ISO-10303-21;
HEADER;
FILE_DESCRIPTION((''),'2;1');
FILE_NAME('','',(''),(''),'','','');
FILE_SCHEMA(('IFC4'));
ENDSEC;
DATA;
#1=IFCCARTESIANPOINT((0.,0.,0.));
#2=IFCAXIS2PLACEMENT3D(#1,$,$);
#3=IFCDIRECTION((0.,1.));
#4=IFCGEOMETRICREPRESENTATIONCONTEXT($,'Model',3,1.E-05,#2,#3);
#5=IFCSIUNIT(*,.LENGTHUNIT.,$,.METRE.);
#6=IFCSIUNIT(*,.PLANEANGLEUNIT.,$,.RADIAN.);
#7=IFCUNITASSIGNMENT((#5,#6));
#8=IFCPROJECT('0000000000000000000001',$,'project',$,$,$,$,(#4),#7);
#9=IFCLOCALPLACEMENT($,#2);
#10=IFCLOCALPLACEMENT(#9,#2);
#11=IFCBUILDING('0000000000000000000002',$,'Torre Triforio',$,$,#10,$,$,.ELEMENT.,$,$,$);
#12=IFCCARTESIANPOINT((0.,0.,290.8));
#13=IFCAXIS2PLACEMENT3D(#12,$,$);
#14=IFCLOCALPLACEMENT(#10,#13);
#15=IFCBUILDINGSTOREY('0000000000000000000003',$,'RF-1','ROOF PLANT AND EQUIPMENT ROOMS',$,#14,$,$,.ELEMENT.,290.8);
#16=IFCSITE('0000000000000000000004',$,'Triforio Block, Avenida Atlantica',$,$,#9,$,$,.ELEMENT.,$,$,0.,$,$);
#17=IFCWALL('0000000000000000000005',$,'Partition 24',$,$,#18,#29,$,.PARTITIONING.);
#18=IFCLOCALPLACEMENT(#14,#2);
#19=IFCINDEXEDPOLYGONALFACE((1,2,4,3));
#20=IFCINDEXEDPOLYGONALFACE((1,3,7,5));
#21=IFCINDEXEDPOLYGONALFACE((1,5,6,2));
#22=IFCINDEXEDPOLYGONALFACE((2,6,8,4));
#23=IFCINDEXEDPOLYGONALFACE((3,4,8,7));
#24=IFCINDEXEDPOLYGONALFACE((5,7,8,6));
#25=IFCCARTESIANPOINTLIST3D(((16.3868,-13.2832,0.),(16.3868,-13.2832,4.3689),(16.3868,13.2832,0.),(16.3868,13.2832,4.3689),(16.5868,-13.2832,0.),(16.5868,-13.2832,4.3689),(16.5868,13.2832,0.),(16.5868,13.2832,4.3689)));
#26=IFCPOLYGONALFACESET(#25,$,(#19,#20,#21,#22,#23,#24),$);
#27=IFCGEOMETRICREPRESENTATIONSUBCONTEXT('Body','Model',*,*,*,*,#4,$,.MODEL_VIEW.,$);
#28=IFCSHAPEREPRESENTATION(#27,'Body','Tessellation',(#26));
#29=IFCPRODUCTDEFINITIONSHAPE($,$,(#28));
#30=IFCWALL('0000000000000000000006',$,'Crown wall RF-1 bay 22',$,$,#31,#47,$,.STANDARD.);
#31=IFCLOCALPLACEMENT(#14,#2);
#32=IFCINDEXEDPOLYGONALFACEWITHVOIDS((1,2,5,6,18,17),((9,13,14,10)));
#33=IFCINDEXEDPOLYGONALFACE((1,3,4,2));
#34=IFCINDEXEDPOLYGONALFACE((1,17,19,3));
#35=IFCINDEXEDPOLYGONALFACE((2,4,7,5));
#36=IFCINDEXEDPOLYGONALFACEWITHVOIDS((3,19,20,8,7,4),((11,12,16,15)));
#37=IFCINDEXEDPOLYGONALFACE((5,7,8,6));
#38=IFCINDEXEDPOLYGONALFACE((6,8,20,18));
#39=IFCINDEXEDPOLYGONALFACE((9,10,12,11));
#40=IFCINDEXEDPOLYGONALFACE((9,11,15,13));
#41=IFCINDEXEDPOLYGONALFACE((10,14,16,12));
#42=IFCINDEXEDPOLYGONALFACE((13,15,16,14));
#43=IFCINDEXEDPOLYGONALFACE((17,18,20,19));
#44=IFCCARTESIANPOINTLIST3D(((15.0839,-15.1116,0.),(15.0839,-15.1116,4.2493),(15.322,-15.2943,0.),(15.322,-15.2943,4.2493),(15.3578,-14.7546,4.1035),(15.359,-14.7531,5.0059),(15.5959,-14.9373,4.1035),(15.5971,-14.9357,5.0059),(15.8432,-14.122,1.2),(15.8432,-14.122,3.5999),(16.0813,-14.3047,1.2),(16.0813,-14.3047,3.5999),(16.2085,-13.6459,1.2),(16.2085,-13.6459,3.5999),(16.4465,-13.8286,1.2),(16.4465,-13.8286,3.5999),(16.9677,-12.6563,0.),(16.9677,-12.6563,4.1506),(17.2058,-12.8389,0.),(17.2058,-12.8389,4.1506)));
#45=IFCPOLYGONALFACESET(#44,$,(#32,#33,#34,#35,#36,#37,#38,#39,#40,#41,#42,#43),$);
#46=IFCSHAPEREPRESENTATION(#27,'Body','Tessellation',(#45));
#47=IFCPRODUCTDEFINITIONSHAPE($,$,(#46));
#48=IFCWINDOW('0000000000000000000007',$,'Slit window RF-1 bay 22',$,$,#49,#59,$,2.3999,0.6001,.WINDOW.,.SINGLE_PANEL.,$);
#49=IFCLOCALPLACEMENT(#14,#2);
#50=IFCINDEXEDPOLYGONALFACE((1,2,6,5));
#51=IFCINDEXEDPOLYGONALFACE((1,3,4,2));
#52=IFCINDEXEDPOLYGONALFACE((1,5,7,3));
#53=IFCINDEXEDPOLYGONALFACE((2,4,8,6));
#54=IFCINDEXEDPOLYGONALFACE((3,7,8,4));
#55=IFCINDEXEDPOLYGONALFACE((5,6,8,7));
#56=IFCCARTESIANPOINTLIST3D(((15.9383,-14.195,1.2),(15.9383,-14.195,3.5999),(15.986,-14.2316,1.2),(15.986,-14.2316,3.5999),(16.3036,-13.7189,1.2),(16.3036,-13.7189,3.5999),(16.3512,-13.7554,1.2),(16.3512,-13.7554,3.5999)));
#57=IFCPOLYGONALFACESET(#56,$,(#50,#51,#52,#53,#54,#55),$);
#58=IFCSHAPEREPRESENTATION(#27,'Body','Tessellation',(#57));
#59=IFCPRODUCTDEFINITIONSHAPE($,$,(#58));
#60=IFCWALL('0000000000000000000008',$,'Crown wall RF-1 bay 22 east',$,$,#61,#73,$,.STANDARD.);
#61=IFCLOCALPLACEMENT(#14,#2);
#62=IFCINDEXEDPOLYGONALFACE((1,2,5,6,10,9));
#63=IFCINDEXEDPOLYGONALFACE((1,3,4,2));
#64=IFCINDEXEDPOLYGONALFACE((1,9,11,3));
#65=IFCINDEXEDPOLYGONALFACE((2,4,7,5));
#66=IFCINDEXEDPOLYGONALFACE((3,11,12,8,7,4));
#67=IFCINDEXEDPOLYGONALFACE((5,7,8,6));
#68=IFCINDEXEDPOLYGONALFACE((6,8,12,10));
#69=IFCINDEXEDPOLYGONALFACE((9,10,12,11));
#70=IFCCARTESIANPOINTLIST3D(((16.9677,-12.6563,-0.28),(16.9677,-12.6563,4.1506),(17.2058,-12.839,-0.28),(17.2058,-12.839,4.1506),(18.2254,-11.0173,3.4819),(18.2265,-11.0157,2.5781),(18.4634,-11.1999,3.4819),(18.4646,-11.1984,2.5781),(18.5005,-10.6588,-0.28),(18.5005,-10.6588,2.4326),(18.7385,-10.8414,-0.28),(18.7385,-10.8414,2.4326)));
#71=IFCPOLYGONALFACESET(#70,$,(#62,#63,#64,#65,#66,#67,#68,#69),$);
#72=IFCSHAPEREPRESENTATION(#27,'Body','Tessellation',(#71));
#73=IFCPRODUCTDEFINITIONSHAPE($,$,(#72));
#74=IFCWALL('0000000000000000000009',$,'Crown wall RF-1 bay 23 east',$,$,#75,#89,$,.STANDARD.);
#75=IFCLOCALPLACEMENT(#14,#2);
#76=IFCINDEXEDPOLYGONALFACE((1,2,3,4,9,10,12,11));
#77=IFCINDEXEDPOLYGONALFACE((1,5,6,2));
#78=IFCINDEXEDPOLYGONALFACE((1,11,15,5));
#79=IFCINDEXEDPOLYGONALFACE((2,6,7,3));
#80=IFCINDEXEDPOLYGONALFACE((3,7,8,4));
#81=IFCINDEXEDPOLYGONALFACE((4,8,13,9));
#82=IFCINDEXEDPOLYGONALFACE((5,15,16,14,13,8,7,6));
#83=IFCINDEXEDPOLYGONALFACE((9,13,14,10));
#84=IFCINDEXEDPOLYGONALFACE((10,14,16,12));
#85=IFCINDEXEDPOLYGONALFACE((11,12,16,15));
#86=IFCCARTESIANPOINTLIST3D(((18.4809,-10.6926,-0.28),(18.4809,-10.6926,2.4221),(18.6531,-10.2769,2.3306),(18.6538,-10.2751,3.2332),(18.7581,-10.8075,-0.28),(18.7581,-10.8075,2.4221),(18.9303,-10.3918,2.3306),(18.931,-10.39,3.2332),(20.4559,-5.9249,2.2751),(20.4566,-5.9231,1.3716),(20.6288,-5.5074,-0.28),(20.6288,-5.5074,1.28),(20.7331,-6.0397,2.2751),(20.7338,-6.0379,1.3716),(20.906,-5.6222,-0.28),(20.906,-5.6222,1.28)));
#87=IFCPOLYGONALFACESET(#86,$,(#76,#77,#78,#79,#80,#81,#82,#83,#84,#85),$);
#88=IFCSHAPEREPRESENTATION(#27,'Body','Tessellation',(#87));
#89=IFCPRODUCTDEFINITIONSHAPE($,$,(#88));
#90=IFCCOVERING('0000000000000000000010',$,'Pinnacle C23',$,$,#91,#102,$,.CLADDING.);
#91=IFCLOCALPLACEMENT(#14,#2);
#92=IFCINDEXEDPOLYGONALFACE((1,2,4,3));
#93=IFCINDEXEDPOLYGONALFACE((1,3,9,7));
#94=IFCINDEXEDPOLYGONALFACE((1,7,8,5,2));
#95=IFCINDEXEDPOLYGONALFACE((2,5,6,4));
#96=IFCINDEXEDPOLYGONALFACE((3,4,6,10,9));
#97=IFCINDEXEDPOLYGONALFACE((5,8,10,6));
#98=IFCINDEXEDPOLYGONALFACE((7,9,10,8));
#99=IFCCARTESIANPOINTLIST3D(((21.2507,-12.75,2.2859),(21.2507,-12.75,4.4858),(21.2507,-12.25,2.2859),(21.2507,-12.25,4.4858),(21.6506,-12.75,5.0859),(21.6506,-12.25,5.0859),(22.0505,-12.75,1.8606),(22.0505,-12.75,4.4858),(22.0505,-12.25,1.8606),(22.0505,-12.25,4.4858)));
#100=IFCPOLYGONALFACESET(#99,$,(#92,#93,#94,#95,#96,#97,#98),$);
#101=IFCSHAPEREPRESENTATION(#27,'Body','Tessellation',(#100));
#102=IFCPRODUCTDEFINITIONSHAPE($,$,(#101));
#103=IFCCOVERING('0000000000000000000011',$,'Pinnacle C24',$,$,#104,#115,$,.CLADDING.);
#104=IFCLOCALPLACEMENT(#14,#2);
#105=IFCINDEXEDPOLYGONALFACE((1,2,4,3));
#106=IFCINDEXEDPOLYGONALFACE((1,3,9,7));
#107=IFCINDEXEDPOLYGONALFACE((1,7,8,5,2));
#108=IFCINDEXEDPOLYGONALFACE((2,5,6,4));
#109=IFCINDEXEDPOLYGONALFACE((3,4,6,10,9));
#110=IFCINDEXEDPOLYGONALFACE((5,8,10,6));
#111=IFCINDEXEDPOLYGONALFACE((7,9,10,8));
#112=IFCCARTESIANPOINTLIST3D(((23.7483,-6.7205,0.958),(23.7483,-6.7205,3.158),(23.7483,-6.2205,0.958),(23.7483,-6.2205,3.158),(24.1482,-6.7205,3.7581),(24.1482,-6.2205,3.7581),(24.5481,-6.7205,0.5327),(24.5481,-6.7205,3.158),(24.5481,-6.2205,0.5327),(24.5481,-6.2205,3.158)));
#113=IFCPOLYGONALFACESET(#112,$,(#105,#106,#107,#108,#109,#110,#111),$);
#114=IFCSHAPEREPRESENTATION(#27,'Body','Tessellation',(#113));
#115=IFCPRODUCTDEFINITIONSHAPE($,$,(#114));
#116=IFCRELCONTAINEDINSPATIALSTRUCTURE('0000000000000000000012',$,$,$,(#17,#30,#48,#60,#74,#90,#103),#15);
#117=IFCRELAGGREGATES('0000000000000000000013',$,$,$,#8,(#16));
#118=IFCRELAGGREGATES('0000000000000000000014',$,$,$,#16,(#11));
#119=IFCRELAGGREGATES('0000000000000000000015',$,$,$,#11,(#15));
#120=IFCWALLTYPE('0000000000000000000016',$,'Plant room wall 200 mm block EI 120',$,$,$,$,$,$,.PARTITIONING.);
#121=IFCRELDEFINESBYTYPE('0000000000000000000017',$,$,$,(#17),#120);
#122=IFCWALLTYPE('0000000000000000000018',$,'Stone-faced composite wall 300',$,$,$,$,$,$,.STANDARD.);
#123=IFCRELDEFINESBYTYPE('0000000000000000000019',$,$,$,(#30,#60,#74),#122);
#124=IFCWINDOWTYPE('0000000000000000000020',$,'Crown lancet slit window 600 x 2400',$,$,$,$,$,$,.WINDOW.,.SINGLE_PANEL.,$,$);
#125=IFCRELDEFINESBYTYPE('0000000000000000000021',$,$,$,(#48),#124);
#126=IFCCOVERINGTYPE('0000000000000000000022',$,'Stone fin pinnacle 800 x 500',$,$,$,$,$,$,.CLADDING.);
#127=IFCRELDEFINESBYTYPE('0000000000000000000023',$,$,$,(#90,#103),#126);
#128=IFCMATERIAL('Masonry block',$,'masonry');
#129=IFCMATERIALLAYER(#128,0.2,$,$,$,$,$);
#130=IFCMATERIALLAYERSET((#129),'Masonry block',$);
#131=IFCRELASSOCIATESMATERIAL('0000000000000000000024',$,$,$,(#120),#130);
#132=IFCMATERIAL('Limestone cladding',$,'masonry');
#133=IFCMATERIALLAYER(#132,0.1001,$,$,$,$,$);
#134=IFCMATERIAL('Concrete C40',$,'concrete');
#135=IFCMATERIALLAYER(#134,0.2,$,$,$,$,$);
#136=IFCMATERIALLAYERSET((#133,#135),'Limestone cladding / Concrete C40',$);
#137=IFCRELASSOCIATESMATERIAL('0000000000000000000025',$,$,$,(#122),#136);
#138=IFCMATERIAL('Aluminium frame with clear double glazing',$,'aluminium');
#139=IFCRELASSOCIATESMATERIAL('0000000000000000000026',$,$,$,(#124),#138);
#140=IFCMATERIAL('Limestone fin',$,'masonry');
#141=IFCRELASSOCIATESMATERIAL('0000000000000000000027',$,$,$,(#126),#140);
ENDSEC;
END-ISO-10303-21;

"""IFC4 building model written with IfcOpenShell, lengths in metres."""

from ifc_helpers import new_model, si_unit, direction, frame, frame_2d, origin, place, context, subcontext, project, spatial, polyline, rectangle, outline, extrude, material, layer, layer_set, material_profile, profile_set, type_object, element, fill, save


model = new_model("IFC4")

# Units and contexts
model_context = context("Model", 3, precision=1e-05, world=origin(), true_north=direction((0.0, 1.0)))
body_context = subcontext(model_context, "Body", "Model", "MODEL_VIEW")
ifc_project = project(units=[si_unit("LENGTHUNIT", "METRE"), si_unit("PLANEANGLEUNIT", "RADIAN")], contexts=[model_context])

# Site, building, storey
site_placement = place(None, origin())
site = spatial("IfcSite", under=ifc_project, at=site_placement, Name="Triforio Block, Avenida Atlantica", CompositionType="ELEMENT", RefElevation=0.0)
building_placement = place(site_placement, origin())
building = spatial("IfcBuilding", under=site, at=building_placement, Name="Torre Triforio", CompositionType="ELEMENT")
storey_placement = place(building_placement, frame((0.0, 0.0, 290.8)))
storey = spatial("IfcBuildingStorey", under=building, at=storey_placement, Name="RF-1", Description="ROOF PLANT AND EQUIPMENT ROOMS", CompositionType="ELEMENT", Elevation=290.8)

# Shared definitions
ifc_material_1 = material(Name="Concrete C40", Category="concrete")

# Shared definitions
ifc_material_2 = material(Name="Masonry block", Category="masonry")
ifc_layer_1 = layer(ifc_material_2, 0.2)
ifc_layer_set_1 = layer_set([ifc_layer_1], Name="Masonry block")
wall_type_1 = type_object("IfcWallType", Name="Plant room wall 200 mm block EI 120", PredefinedType="PARTITIONING", material=ifc_layer_set_1)

# Wall
wall_1_placement = place(storey_placement, frame((16.4868, -13.2832, 0.0), z_axis=(0.0, 0.0, 1.0), x_axis=(0.0, 1.0, 0.0)))
element("IfcWall", 1, at=wall_1_placement, inside=storey, type_object=wall_type_1, Name="Partition 24", PredefinedType="PARTITIONING", context=body_context, shape_type="SweptSolid", body=[
    extrude(rectangle(XDim=26.5664, YDim=0.2, at=frame_2d((13.2832, 0.0))), origin(), (0.0, 0.0, 1.0), 4.3689),
])

# Wall, opening, window
ifc_material_3 = material(Name="Limestone cladding", Category="masonry")
ifc_layer_2 = layer(ifc_material_3, 0.1001)
ifc_layer_3 = layer(ifc_material_1, 0.2)
ifc_layer_set_2 = layer_set([ifc_layer_2, ifc_layer_3], Name="Limestone cladding / Concrete C40")
wall_type_2 = type_object("IfcWallType", Name="Stone-faced composite wall 300", PredefinedType="STANDARD", material=ifc_layer_set_2)
wall_2_placement = place(storey_placement, frame((15.2029, -15.2029, 0.0), z_axis=(0.0, 0.0, 1.0), x_axis=(0.608711, 0.793392, 0.0)))
wall_2 = element("IfcWall", 2, at=wall_2_placement, inside=storey, type_object=wall_type_2, Name="Crown wall RF-1 bay 22", PredefinedType="STANDARD", context=body_context, shape_type="SweptSolid", body=[
    extrude(outline(polyline([(0.0, 0.0), (3.0947, 0.0), (3.0947, 4.1506), (0.4519, 5.0059), (0.45, 4.1035), (0.0, 4.2493), (0.0, 0.0)])), frame((0.0, 0.1499, 0.0), z_axis=(0.0, -1.0, 0.0), x_axis=(1.0, 0.0, 0.0)), (0.0, 0.0, 1.0), 0.3),
])
opening_1_placement = place(wall_2_placement, frame((1.2473, 0.0, 1.2)))
opening_1 = element("IfcOpeningElement", 3, at=opening_1_placement, cuts=wall_2, PredefinedType="OPENING", context=body_context, shape_type="SweptSolid", body=[
    extrude(rectangle(XDim=0.6001, YDim=2.3999, at=frame_2d((0.3, 1.2))), frame((0.0, 0.1599, 0.0), z_axis=(0.0, -1.0, 0.0), x_axis=(1.0, 0.0, 0.0)), (0.0, 0.0, 1.0), 0.3201),
])
ifc_material_4 = material(Name="Aluminium frame with clear double glazing", Category="aluminium")
window_type = type_object("IfcWindowType", Name="Crown lancet slit window 600 x 2400", PartitioningType="SINGLE_PANEL", PredefinedType="WINDOW", material=ifc_material_4)
window_placement = place(opening_1_placement, origin())
window = element("IfcWindow", 4, at=window_placement, inside=storey, type_object=window_type, Name="Slit window RF-1 bay 22", OverallHeight=2.3999, OverallWidth=0.6001, PartitioningType="SINGLE_PANEL", PredefinedType="WINDOW", context=body_context, shape_type="SweptSolid", body=[
    extrude(rectangle(XDim=0.6001, YDim=2.3999, at=frame_2d((0.3, 1.2))), frame((0.0, 0.03, 0.0), z_axis=(0.0, -1.0, 0.0), x_axis=(1.0, 0.0, 0.0)), (0.0, 0.0, 1.0), 0.0601),
])
fill(opening_1, window)

# Walls
wall_3_placement = place(storey_placement, frame((17.0867, -12.7476, -0.28), z_axis=(0.0, 0.0, 1.0), x_axis=(0.608745, 0.793366, 0.0)))
element("IfcWall", 5, at=wall_3_placement, inside=storey, type_object=wall_type_2, Name="Crown wall RF-1 bay 22 east", PredefinedType="STANDARD", context=body_context, shape_type="SweptSolid", body=[
    extrude(outline(polyline([(0.0, 0.0), (2.5178, 0.0), (2.5178, 2.7126), (2.0679, 2.8582), (2.0659, 3.762), (0.0, 4.4307), (0.0, 0.0)])), frame((0.0, 0.1499, 0.0), z_axis=(0.0, -1.0, 0.0), x_axis=(1.0, 0.0, 0.0)), (0.0, 0.0, 1.0), 0.3),
])
wall_4_placement = place(storey_placement, frame((18.6194, -10.75, -0.28), z_axis=(0.0, 0.0, 1.0), x_axis=(0.382703, 0.923872, 0.0)))
element("IfcWall", 6, at=wall_4_placement, inside=storey, type_object=wall_type_2, Name="Crown wall RF-1 bay 23 east", PredefinedType="STANDARD", context=body_context, shape_type="SweptSolid", body=[
    extrude(outline(polyline([(0.0, 0.0), (5.6125, 0.0), (5.6125, 1.5601), (5.1626, 1.6516), (5.1606, 2.5552), (0.4519, 3.5132), (0.45, 2.6106), (0.0, 2.7021), (0.0, 0.0)])), frame((0.0, 0.1499, 0.0), z_axis=(0.0, -1.0, 0.0), x_axis=(1.0, 0.0, 0.0)), (0.0, 0.0, 1.0), 0.3),
])

# Coverings
ifc_material_5 = material(Name="Limestone fin", Category="masonry")
ifc_material_profile_1 = material_profile(ifc_material_5, outline(polyline([(-0.3999, -0.2126), (0.3999, 0.2126), (0.3999, 2.4126), (0.0, 3.0127), (-0.3999, 2.4126), (-0.3999, -0.2126)])), Name="FIN PINNACLE 800x500")
ifc_profile_set_1 = profile_set([ifc_material_profile_1], Name="Limestone fin")
covering_type = type_object("IfcCoveringType", Name="Stone fin pinnacle 800 x 500", PredefinedType="CLADDING", material=ifc_profile_set_1)
for number, where, z_axis, x_axis, name in (
    (7, (21.6506, -12.75, 2.0732), (0.0, 1.0, 0.0), (-1.0, 0.0, 0.0), "Pinnacle C23"),
    (8, (24.1482, -6.7205, 0.7454), (0.0, 1.0, 0.0), (-1.0, 0.0, 0.0), "Pinnacle C24"),
):
    element("IfcCovering", number, at=place(storey_placement, frame(where, z_axis=z_axis, x_axis=x_axis)), inside=storey, type_object=covering_type, Name=name, PredefinedType="CLADDING", context=body_context, shape_type="SweptSolid", body=[
        extrude(outline(polyline([(-0.3999, -0.2126), (0.3999, 0.2126), (0.3999, 2.4126), (0.0, 3.0127), (-0.3999, 2.4126), (-0.3999, -0.2126)])), origin(), (0.0, 0.0, 1.0), 0.5),
    ])

save(model, "model.ifc")
